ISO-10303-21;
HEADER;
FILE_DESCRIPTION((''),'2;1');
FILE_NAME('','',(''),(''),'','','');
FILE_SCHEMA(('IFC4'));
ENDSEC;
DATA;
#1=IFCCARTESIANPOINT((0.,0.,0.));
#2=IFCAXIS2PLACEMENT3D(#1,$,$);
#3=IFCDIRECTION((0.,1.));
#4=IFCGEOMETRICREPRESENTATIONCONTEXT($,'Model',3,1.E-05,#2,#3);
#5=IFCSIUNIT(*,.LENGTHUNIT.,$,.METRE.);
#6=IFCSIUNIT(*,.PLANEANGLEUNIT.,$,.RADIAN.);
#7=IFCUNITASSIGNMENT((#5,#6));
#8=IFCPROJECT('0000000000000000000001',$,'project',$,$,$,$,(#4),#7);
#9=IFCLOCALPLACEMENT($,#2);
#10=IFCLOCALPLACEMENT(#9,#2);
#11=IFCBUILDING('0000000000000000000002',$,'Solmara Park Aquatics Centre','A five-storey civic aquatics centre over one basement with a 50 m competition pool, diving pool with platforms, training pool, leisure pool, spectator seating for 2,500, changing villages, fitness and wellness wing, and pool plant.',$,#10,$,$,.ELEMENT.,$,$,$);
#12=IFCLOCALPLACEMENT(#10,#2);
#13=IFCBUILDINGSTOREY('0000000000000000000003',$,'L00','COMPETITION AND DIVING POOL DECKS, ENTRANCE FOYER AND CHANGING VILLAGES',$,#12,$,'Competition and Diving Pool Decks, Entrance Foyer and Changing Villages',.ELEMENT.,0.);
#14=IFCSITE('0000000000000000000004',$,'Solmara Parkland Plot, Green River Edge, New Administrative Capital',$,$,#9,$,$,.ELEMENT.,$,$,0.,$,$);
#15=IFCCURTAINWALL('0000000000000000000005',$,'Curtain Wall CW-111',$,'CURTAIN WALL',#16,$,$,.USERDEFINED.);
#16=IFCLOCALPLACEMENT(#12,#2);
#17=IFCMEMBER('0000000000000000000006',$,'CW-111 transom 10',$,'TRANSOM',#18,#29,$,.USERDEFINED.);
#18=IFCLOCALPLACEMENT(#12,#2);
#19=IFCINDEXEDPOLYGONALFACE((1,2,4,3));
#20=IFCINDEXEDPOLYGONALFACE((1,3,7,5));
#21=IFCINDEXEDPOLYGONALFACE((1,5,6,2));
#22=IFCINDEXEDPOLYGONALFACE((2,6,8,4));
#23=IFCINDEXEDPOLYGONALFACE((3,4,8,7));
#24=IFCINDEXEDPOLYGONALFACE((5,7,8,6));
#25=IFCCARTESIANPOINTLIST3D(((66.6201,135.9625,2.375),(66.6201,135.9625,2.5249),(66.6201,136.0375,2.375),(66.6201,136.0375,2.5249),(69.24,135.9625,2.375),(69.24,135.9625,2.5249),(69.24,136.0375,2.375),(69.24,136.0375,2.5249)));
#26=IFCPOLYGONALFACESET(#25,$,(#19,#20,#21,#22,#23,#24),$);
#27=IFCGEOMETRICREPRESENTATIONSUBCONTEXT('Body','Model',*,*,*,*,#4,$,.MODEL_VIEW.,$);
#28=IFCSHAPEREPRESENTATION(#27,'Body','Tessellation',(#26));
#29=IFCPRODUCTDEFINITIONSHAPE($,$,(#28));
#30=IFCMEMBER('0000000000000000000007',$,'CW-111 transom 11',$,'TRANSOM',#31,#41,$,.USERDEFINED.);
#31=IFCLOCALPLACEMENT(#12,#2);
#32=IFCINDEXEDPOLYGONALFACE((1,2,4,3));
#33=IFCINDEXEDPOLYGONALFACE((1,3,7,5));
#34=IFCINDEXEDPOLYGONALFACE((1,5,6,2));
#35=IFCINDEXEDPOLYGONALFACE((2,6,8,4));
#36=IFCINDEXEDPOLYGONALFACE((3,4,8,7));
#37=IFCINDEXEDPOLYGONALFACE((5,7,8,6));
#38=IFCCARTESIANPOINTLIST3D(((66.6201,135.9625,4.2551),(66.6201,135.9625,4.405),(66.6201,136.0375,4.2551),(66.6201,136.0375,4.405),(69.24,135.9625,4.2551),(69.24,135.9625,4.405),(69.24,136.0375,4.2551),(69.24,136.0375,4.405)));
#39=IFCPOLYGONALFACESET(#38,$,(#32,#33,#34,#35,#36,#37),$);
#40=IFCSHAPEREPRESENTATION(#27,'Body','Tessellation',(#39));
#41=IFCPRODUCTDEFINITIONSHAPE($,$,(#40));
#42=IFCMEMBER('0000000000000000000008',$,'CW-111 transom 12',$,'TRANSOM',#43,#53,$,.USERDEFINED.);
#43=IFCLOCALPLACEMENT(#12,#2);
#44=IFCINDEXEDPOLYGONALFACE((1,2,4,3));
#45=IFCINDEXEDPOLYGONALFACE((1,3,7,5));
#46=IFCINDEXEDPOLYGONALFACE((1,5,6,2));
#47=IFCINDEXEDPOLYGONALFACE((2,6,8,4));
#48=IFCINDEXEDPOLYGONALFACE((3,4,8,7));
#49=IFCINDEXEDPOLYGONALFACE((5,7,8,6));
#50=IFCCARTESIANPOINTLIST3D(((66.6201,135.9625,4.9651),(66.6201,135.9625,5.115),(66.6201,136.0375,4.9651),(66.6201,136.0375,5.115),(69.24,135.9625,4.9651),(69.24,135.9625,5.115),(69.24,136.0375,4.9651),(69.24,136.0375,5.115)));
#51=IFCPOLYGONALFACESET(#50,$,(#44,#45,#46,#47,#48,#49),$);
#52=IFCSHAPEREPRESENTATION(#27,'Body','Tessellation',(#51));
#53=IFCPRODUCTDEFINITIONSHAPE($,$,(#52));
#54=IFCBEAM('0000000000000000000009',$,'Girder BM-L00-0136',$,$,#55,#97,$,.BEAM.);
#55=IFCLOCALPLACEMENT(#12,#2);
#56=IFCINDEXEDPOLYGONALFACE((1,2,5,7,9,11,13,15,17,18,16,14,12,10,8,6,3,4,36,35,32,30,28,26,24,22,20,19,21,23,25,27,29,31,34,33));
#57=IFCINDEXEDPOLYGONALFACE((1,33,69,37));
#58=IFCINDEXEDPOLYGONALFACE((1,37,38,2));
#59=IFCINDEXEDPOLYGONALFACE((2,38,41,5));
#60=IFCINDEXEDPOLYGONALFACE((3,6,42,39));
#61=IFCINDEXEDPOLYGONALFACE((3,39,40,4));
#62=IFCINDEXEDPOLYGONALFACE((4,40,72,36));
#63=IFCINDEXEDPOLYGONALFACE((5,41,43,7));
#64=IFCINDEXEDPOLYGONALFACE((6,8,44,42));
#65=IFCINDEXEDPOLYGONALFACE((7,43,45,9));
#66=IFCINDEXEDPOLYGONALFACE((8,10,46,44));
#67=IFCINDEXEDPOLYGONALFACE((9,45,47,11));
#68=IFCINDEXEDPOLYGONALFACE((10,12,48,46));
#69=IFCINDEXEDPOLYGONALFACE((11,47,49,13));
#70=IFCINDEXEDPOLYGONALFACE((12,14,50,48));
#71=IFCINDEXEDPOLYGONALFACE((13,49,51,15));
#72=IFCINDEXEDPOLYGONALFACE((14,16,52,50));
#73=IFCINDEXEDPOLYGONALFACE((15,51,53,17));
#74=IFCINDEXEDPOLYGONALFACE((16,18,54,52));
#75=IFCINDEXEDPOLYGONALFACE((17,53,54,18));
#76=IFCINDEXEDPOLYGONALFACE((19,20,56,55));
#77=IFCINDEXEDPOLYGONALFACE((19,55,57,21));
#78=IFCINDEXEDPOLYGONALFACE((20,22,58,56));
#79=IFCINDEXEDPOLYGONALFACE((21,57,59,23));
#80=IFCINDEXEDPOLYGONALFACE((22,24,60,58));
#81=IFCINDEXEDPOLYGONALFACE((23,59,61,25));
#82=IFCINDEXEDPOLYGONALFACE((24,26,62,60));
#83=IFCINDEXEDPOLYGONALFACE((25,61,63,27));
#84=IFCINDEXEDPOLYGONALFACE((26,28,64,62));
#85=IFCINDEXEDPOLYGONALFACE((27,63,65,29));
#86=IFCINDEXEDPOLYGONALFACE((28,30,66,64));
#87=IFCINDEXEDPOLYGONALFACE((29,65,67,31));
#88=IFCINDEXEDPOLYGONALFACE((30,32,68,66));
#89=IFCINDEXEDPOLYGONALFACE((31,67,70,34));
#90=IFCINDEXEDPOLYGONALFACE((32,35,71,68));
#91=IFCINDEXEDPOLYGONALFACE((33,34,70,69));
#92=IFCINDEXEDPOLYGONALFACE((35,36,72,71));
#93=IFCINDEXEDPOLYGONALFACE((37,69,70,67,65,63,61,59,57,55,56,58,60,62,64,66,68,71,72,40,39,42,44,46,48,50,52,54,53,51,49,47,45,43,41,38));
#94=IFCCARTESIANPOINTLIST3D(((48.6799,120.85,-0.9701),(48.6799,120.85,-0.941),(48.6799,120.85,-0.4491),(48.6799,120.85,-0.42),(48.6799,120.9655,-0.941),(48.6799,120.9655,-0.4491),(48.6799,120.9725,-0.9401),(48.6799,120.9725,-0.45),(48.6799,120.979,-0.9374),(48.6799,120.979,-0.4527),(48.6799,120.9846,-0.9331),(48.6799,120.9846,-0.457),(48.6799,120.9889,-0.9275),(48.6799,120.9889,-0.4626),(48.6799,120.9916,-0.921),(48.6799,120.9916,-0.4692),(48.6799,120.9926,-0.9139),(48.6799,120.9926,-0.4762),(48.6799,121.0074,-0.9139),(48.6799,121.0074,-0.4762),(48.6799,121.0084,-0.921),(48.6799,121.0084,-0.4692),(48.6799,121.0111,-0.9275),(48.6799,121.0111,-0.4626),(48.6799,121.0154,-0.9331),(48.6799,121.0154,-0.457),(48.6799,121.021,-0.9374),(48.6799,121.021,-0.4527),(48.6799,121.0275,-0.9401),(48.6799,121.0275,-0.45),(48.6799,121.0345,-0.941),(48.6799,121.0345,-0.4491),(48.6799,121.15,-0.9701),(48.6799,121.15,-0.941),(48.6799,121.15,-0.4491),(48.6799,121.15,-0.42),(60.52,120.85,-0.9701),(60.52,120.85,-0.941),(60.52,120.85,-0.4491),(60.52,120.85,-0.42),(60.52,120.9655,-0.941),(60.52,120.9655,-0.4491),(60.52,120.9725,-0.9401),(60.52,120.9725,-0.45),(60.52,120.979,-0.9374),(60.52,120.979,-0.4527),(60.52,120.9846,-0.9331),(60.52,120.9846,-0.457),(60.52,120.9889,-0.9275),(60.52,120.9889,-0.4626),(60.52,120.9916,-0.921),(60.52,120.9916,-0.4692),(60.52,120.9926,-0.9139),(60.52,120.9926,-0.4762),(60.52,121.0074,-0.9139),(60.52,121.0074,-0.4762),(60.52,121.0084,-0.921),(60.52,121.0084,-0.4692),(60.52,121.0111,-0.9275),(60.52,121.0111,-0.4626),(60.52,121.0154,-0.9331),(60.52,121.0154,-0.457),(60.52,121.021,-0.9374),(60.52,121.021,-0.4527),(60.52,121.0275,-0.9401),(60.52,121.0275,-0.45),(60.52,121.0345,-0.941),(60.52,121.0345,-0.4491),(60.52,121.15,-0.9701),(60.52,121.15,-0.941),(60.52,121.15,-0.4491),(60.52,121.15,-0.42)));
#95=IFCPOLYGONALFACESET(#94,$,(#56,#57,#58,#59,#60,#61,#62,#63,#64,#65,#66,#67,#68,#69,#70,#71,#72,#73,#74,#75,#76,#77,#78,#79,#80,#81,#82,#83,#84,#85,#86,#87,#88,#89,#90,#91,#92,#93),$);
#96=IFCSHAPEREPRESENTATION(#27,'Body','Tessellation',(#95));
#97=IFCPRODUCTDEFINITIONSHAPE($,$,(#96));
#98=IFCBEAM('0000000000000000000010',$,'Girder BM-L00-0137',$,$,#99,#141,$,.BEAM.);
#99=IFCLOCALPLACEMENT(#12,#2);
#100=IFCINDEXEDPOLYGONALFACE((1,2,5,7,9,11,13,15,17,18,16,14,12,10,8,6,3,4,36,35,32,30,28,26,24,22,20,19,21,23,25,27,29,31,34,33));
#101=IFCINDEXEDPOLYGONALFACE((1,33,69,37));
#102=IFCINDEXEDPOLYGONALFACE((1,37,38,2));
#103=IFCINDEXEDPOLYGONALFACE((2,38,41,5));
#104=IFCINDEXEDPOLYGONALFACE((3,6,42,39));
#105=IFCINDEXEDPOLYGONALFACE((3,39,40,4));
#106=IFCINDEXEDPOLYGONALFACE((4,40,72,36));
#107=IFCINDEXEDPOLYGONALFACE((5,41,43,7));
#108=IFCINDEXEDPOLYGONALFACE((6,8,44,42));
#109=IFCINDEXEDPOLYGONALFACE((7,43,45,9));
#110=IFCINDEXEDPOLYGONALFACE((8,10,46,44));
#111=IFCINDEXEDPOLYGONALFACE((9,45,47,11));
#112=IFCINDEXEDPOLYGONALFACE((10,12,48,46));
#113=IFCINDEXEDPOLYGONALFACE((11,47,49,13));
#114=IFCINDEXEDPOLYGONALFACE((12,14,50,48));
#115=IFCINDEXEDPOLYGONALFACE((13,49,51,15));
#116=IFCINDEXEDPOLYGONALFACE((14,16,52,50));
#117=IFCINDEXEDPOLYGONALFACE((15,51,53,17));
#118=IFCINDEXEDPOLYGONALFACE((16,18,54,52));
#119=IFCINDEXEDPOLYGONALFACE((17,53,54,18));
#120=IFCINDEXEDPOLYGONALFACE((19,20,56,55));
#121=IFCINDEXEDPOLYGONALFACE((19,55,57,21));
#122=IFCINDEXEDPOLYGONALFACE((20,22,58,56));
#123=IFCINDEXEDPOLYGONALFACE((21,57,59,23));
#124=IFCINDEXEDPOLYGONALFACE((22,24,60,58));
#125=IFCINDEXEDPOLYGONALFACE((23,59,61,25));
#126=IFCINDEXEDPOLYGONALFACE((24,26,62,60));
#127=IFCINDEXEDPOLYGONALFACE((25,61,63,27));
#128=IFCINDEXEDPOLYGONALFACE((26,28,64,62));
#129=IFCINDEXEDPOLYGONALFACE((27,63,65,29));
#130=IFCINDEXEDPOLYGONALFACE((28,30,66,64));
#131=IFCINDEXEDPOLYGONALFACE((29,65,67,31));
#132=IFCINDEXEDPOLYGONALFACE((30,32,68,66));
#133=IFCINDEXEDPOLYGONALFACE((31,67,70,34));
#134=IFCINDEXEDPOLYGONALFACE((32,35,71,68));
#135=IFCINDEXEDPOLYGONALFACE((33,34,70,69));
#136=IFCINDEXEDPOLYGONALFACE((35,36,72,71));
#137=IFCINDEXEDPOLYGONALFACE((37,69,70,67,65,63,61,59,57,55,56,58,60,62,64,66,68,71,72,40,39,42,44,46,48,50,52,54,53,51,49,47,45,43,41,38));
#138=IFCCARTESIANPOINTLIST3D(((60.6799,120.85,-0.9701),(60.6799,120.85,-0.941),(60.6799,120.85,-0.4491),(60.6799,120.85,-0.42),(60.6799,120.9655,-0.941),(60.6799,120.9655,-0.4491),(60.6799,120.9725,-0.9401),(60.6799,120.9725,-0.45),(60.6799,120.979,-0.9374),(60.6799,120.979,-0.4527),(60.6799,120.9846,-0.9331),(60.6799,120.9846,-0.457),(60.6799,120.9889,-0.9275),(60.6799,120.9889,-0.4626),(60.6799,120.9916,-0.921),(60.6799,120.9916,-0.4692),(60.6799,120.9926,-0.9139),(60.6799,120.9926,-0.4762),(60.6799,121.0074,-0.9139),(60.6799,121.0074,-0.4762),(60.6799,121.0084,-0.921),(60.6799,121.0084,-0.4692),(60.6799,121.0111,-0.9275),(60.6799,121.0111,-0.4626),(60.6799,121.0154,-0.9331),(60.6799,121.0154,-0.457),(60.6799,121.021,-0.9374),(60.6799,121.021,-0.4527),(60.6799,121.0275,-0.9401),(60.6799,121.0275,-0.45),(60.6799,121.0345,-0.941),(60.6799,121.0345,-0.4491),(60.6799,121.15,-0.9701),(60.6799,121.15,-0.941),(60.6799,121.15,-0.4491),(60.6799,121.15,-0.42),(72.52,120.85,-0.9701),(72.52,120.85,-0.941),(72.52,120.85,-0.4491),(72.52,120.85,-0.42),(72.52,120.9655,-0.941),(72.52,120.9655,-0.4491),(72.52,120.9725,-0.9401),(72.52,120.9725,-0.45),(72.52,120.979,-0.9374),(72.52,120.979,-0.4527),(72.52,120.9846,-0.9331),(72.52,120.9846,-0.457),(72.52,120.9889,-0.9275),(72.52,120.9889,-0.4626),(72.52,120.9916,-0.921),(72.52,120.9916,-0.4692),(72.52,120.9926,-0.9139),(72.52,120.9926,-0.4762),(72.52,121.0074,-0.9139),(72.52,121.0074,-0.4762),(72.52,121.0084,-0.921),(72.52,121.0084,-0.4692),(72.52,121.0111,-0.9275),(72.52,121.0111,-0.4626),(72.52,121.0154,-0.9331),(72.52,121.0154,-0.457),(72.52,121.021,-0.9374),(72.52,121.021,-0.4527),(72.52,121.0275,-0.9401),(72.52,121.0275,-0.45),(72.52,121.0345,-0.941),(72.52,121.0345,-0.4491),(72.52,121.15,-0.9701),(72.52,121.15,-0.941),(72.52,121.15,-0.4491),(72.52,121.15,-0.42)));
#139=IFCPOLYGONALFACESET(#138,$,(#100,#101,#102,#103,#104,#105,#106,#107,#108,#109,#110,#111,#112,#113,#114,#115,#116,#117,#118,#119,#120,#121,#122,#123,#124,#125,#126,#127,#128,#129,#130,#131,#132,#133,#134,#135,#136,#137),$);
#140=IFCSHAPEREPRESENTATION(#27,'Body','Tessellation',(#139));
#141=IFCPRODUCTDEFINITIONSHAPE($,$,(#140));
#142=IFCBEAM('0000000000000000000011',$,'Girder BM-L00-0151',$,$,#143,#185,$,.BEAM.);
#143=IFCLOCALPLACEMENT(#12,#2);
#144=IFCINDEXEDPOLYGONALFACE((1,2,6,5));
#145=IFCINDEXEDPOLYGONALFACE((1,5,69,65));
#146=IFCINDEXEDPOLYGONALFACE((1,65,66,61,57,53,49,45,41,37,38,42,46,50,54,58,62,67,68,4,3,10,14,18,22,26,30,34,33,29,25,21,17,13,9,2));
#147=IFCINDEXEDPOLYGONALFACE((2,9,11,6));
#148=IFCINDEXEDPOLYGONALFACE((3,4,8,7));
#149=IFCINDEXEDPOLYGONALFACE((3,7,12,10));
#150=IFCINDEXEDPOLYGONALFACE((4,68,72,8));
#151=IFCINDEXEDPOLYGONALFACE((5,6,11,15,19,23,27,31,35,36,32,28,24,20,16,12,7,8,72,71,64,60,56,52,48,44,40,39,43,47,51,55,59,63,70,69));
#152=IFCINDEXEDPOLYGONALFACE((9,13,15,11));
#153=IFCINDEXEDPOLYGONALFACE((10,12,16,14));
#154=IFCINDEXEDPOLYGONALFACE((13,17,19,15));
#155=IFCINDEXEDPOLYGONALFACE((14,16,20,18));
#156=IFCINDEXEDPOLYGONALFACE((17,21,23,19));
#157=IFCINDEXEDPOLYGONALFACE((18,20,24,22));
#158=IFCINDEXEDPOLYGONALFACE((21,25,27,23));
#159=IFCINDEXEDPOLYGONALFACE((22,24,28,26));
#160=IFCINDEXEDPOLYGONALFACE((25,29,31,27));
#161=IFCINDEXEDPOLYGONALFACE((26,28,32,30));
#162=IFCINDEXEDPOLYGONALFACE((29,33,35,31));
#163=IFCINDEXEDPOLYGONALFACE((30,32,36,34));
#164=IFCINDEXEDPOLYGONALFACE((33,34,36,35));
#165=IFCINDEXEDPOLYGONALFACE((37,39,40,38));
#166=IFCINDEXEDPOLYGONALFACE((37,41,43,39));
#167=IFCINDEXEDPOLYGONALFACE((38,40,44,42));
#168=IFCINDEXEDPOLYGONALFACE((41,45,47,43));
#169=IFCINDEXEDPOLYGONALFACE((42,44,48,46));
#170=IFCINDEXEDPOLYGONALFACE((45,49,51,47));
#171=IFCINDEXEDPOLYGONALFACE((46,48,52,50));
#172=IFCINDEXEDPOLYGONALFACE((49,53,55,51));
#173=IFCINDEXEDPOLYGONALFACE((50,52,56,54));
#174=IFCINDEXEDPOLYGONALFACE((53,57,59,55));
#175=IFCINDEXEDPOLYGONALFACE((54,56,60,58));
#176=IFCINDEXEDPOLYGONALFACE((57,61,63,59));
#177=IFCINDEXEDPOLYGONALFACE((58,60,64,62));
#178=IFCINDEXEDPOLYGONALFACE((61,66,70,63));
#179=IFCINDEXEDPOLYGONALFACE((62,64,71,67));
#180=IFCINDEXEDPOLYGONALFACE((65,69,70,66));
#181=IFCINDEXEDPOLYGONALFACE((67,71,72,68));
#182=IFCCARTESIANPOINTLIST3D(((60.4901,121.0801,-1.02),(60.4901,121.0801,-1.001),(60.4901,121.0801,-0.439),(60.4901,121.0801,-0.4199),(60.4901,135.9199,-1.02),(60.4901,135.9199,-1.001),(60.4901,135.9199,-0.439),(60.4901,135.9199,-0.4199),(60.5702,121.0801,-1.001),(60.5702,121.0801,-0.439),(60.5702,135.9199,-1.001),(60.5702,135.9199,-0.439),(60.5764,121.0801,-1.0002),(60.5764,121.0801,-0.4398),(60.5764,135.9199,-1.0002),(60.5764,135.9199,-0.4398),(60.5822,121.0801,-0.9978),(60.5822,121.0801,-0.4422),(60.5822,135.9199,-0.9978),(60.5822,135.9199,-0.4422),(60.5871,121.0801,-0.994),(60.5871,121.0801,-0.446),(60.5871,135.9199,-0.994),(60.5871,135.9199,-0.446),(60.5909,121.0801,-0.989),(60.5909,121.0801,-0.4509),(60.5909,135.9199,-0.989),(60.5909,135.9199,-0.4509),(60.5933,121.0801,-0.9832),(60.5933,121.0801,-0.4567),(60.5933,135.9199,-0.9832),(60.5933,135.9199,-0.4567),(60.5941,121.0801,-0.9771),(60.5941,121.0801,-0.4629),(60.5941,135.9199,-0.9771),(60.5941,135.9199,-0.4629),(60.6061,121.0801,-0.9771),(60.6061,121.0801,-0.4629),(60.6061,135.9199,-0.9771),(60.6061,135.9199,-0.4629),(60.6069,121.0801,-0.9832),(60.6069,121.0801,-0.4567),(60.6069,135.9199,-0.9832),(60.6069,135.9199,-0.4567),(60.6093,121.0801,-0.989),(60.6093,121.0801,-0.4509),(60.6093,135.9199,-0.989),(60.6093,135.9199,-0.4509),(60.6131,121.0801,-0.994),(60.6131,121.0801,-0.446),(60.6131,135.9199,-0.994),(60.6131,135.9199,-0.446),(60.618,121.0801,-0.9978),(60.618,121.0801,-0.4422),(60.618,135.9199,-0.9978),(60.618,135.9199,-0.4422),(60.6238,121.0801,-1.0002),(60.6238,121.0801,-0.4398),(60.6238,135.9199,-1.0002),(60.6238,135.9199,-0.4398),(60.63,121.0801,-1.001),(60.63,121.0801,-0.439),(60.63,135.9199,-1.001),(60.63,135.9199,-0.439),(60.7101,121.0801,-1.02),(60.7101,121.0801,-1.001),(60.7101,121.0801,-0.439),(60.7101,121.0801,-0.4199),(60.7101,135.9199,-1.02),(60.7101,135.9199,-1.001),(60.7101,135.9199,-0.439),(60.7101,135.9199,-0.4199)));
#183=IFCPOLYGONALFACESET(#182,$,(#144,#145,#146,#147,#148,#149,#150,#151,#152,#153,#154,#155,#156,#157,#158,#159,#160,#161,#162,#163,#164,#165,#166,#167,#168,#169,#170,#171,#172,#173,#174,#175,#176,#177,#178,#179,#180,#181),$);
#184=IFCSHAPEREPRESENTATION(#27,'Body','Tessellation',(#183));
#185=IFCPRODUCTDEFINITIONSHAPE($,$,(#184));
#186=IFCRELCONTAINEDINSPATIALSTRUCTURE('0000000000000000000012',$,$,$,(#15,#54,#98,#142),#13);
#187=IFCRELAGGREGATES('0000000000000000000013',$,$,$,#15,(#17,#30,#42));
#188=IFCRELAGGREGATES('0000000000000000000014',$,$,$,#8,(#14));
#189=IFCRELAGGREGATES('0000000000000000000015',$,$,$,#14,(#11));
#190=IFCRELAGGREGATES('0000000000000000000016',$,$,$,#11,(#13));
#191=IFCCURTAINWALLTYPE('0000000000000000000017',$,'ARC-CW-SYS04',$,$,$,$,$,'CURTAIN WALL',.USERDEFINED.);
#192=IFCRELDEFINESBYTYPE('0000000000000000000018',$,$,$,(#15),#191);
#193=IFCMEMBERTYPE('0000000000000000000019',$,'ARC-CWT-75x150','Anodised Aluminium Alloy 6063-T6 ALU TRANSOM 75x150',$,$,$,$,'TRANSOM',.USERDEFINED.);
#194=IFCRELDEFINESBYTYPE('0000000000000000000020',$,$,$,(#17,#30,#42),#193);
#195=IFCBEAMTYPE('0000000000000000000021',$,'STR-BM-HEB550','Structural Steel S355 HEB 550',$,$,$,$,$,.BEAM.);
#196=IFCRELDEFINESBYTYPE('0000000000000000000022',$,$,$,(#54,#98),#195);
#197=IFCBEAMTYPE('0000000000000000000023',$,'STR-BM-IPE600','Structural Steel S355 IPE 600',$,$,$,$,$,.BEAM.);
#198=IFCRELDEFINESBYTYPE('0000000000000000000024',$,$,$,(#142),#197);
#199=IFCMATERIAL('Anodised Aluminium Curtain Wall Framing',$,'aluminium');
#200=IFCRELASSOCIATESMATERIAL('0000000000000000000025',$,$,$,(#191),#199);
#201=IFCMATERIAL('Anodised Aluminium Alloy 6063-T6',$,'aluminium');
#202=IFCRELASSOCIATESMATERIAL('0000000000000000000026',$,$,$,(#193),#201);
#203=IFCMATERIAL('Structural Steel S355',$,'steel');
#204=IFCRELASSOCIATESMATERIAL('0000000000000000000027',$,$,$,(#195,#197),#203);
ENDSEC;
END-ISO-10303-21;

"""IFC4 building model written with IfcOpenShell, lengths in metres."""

from ifc_helpers import new_model, si_unit, direction, frame, origin, origin_2d, place, context, subcontext, project, spatial, rectangle, i_section, extrude, material, material_profile, profile_set, type_object, element, aggregate, save


model = new_model("IFC4")

# Units and contexts
model_context = context("Model", 3, precision=1e-05, world=origin(), true_north=direction((0.0, 1.0)))
body_context = subcontext(model_context, "Body", "Model", "MODEL_VIEW")
ifc_project = project(units=[si_unit("LENGTHUNIT", "METRE"), si_unit("PLANEANGLEUNIT", "RADIAN")], contexts=[model_context])

# Site, building, storey
site_placement = place(None, origin())
site = spatial("IfcSite", under=ifc_project, at=site_placement, Name="Solmara Parkland Plot, Green River Edge, New Administrative Capital", CompositionType="ELEMENT", RefElevation=0.0)
building_placement = place(site_placement, origin())
building = spatial("IfcBuilding", under=site, at=building_placement, Name="Solmara Park Aquatics Centre", Description="A five-storey civic aquatics centre over one basement with a 50 m competition pool, diving pool with platforms, training pool, leisure pool, spectator seating for 2,500, changing villages, fitness and wellness wing, and pool plant.", CompositionType="ELEMENT")
storey_placement = place(building_placement, origin())
storey = spatial("IfcBuildingStorey", under=building, at=storey_placement, Name="L00", Description="COMPETITION AND DIVING POOL DECKS, ENTRANCE FOYER AND CHANGING VILLAGES", LongName="Competition and Diving Pool Decks, Entrance Foyer and Changing Villages", CompositionType="ELEMENT", Elevation=0.0)

# Curtain wall, members
ifc_material_1 = material(Name="Anodised Aluminium Curtain Wall Framing", Category="aluminium")
curtain_wall_type = type_object("IfcCurtainWallType", Name="ARC-CW-SYS04", ElementType="CURTAIN WALL", PredefinedType="USERDEFINED", material=ifc_material_1)
curtain_wall_placement = place(storey_placement, origin())
curtain_wall = element("IfcCurtainWall", 1, at=curtain_wall_placement, inside=storey, type_object=curtain_wall_type, Name="Curtain Wall CW-111", ObjectType="CURTAIN WALL", PredefinedType="USERDEFINED")
ifc_material_2 = material(Name="Anodised Aluminium Alloy 6063-T6", Category="aluminium")
ifc_material_profile_1 = material_profile(ifc_material_2, rectangle(XDim=0.075, YDim=0.1499, at=origin_2d()), Name="ALU TRANSOM 75x150")
ifc_profile_set_1 = profile_set([ifc_material_profile_1], Name="Anodised Aluminium Alloy 6063-T6")
member_type_1 = type_object("IfcMemberType", Name="ARC-CWT-75x150", Description="Anodised Aluminium Alloy 6063-T6 ALU TRANSOM 75x150", ElementType="TRANSOM", PredefinedType="USERDEFINED", material=ifc_profile_set_1)
member_1_placement = place(storey_placement, frame((66.6201, 136.0, 2.45), z_axis=(1.0, 0.0, 0.0), x_axis=(0.0, 1.0, 0.0)))
member_1 = element("IfcMember", 2, at=member_1_placement, type_object=member_type_1, Name="CW-111 transom 10", ObjectType="TRANSOM", PredefinedType="USERDEFINED", context=body_context, shape_type="SweptSolid", body=[
    extrude(rectangle(XDim=0.075, YDim=0.1499, at=origin_2d()), origin(), (0.0, 0.0, 1.0), 2.6199),
])
member_2_placement = place(storey_placement, frame((66.6201, 136.0, 4.3301), z_axis=(1.0, 0.0, 0.0), x_axis=(0.0, 1.0, 0.0)))
member_2 = element("IfcMember", 3, at=member_2_placement, type_object=member_type_1, Name="CW-111 transom 11", ObjectType="TRANSOM", PredefinedType="USERDEFINED", context=body_context, shape_type="SweptSolid", body=[
    extrude(rectangle(XDim=0.075, YDim=0.1499, at=origin_2d()), origin(), (0.0, 0.0, 1.0), 2.6199),
])
member_3_placement = place(storey_placement, frame((66.6201, 136.0, 5.04), z_axis=(1.0, 0.0, 0.0), x_axis=(0.0, 1.0, 0.0)))
member_3 = element("IfcMember", 4, at=member_3_placement, type_object=member_type_1, Name="CW-111 transom 12", ObjectType="TRANSOM", PredefinedType="USERDEFINED", context=body_context, shape_type="SweptSolid", body=[
    extrude(rectangle(XDim=0.075, YDim=0.1499, at=origin_2d()), origin(), (0.0, 0.0, 1.0), 2.6199),
])

# Beams
ifc_material_3 = material(Name="Structural Steel S355", Category="steel")
ifc_material_profile_2 = material_profile(ifc_material_3, i_section(OverallWidth=0.3, OverallDepth=0.55, WebThickness=0.0149, FlangeThickness=0.0291, FilletRadius=0.0271, at=origin_2d()), Name="HEB 550")
ifc_profile_set_2 = profile_set([ifc_material_profile_2], Name="Structural Steel S355")
beam_type_1 = type_object("IfcBeamType", Name="STR-BM-HEB550", Description="Structural Steel S355 HEB 550", PredefinedType="BEAM", material=ifc_profile_set_2)
for number, where, z_axis, x_axis, name in (
    (5, (48.6799, 121.0, -0.6951), (1.0, 0.0, 0.0), (0.0, 1.0, 0.0), "Girder BM-L00-0136"),
    (6, (60.6799, 121.0, -0.6951), (1.0, 0.0, 0.0), (0.0, 1.0, 0.0), "Girder BM-L00-0137"),
):
    element("IfcBeam", number, at=place(storey_placement, frame(where, z_axis=z_axis, x_axis=x_axis)), inside=storey, type_object=beam_type_1, Name=name, PredefinedType="BEAM", context=body_context, shape_type="SweptSolid", body=[
        extrude(i_section(OverallWidth=0.3, OverallDepth=0.55, WebThickness=0.0149, FlangeThickness=0.0291, FilletRadius=0.0271, at=origin_2d()), origin(), (0.0, 0.0, 1.0), 11.8401),
    ])
ifc_material_profile_3 = material_profile(ifc_material_3, i_section(OverallWidth=0.22, OverallDepth=0.6001, WebThickness=0.012, FlangeThickness=0.019, FilletRadius=0.0239, at=origin_2d()), Name="IPE 600")
ifc_profile_set_3 = profile_set([ifc_material_profile_3], Name="Structural Steel S355")
beam_type_2 = type_object("IfcBeamType", Name="STR-BM-IPE600", Description="Structural Steel S355 IPE 600", PredefinedType="BEAM", material=ifc_profile_set_3)
beam_1_placement = place(storey_placement, frame((60.6001, 121.0801, -0.72), z_axis=(0.0, 1.0, 0.0), x_axis=(-1.0, 0.0, 0.0)))
element("IfcBeam", 7, at=beam_1_placement, inside=storey, type_object=beam_type_2, Name="Girder BM-L00-0151", PredefinedType="BEAM", context=body_context, shape_type="SweptSolid", body=[
    extrude(i_section(OverallWidth=0.22, OverallDepth=0.6001, WebThickness=0.012, FlangeThickness=0.019, FilletRadius=0.0239, at=origin_2d()), origin(), (0.0, 0.0, 1.0), 14.8398),
])

aggregate(curtain_wall, [member_1, member_2, member_3])

save(model, "model.ifc")
